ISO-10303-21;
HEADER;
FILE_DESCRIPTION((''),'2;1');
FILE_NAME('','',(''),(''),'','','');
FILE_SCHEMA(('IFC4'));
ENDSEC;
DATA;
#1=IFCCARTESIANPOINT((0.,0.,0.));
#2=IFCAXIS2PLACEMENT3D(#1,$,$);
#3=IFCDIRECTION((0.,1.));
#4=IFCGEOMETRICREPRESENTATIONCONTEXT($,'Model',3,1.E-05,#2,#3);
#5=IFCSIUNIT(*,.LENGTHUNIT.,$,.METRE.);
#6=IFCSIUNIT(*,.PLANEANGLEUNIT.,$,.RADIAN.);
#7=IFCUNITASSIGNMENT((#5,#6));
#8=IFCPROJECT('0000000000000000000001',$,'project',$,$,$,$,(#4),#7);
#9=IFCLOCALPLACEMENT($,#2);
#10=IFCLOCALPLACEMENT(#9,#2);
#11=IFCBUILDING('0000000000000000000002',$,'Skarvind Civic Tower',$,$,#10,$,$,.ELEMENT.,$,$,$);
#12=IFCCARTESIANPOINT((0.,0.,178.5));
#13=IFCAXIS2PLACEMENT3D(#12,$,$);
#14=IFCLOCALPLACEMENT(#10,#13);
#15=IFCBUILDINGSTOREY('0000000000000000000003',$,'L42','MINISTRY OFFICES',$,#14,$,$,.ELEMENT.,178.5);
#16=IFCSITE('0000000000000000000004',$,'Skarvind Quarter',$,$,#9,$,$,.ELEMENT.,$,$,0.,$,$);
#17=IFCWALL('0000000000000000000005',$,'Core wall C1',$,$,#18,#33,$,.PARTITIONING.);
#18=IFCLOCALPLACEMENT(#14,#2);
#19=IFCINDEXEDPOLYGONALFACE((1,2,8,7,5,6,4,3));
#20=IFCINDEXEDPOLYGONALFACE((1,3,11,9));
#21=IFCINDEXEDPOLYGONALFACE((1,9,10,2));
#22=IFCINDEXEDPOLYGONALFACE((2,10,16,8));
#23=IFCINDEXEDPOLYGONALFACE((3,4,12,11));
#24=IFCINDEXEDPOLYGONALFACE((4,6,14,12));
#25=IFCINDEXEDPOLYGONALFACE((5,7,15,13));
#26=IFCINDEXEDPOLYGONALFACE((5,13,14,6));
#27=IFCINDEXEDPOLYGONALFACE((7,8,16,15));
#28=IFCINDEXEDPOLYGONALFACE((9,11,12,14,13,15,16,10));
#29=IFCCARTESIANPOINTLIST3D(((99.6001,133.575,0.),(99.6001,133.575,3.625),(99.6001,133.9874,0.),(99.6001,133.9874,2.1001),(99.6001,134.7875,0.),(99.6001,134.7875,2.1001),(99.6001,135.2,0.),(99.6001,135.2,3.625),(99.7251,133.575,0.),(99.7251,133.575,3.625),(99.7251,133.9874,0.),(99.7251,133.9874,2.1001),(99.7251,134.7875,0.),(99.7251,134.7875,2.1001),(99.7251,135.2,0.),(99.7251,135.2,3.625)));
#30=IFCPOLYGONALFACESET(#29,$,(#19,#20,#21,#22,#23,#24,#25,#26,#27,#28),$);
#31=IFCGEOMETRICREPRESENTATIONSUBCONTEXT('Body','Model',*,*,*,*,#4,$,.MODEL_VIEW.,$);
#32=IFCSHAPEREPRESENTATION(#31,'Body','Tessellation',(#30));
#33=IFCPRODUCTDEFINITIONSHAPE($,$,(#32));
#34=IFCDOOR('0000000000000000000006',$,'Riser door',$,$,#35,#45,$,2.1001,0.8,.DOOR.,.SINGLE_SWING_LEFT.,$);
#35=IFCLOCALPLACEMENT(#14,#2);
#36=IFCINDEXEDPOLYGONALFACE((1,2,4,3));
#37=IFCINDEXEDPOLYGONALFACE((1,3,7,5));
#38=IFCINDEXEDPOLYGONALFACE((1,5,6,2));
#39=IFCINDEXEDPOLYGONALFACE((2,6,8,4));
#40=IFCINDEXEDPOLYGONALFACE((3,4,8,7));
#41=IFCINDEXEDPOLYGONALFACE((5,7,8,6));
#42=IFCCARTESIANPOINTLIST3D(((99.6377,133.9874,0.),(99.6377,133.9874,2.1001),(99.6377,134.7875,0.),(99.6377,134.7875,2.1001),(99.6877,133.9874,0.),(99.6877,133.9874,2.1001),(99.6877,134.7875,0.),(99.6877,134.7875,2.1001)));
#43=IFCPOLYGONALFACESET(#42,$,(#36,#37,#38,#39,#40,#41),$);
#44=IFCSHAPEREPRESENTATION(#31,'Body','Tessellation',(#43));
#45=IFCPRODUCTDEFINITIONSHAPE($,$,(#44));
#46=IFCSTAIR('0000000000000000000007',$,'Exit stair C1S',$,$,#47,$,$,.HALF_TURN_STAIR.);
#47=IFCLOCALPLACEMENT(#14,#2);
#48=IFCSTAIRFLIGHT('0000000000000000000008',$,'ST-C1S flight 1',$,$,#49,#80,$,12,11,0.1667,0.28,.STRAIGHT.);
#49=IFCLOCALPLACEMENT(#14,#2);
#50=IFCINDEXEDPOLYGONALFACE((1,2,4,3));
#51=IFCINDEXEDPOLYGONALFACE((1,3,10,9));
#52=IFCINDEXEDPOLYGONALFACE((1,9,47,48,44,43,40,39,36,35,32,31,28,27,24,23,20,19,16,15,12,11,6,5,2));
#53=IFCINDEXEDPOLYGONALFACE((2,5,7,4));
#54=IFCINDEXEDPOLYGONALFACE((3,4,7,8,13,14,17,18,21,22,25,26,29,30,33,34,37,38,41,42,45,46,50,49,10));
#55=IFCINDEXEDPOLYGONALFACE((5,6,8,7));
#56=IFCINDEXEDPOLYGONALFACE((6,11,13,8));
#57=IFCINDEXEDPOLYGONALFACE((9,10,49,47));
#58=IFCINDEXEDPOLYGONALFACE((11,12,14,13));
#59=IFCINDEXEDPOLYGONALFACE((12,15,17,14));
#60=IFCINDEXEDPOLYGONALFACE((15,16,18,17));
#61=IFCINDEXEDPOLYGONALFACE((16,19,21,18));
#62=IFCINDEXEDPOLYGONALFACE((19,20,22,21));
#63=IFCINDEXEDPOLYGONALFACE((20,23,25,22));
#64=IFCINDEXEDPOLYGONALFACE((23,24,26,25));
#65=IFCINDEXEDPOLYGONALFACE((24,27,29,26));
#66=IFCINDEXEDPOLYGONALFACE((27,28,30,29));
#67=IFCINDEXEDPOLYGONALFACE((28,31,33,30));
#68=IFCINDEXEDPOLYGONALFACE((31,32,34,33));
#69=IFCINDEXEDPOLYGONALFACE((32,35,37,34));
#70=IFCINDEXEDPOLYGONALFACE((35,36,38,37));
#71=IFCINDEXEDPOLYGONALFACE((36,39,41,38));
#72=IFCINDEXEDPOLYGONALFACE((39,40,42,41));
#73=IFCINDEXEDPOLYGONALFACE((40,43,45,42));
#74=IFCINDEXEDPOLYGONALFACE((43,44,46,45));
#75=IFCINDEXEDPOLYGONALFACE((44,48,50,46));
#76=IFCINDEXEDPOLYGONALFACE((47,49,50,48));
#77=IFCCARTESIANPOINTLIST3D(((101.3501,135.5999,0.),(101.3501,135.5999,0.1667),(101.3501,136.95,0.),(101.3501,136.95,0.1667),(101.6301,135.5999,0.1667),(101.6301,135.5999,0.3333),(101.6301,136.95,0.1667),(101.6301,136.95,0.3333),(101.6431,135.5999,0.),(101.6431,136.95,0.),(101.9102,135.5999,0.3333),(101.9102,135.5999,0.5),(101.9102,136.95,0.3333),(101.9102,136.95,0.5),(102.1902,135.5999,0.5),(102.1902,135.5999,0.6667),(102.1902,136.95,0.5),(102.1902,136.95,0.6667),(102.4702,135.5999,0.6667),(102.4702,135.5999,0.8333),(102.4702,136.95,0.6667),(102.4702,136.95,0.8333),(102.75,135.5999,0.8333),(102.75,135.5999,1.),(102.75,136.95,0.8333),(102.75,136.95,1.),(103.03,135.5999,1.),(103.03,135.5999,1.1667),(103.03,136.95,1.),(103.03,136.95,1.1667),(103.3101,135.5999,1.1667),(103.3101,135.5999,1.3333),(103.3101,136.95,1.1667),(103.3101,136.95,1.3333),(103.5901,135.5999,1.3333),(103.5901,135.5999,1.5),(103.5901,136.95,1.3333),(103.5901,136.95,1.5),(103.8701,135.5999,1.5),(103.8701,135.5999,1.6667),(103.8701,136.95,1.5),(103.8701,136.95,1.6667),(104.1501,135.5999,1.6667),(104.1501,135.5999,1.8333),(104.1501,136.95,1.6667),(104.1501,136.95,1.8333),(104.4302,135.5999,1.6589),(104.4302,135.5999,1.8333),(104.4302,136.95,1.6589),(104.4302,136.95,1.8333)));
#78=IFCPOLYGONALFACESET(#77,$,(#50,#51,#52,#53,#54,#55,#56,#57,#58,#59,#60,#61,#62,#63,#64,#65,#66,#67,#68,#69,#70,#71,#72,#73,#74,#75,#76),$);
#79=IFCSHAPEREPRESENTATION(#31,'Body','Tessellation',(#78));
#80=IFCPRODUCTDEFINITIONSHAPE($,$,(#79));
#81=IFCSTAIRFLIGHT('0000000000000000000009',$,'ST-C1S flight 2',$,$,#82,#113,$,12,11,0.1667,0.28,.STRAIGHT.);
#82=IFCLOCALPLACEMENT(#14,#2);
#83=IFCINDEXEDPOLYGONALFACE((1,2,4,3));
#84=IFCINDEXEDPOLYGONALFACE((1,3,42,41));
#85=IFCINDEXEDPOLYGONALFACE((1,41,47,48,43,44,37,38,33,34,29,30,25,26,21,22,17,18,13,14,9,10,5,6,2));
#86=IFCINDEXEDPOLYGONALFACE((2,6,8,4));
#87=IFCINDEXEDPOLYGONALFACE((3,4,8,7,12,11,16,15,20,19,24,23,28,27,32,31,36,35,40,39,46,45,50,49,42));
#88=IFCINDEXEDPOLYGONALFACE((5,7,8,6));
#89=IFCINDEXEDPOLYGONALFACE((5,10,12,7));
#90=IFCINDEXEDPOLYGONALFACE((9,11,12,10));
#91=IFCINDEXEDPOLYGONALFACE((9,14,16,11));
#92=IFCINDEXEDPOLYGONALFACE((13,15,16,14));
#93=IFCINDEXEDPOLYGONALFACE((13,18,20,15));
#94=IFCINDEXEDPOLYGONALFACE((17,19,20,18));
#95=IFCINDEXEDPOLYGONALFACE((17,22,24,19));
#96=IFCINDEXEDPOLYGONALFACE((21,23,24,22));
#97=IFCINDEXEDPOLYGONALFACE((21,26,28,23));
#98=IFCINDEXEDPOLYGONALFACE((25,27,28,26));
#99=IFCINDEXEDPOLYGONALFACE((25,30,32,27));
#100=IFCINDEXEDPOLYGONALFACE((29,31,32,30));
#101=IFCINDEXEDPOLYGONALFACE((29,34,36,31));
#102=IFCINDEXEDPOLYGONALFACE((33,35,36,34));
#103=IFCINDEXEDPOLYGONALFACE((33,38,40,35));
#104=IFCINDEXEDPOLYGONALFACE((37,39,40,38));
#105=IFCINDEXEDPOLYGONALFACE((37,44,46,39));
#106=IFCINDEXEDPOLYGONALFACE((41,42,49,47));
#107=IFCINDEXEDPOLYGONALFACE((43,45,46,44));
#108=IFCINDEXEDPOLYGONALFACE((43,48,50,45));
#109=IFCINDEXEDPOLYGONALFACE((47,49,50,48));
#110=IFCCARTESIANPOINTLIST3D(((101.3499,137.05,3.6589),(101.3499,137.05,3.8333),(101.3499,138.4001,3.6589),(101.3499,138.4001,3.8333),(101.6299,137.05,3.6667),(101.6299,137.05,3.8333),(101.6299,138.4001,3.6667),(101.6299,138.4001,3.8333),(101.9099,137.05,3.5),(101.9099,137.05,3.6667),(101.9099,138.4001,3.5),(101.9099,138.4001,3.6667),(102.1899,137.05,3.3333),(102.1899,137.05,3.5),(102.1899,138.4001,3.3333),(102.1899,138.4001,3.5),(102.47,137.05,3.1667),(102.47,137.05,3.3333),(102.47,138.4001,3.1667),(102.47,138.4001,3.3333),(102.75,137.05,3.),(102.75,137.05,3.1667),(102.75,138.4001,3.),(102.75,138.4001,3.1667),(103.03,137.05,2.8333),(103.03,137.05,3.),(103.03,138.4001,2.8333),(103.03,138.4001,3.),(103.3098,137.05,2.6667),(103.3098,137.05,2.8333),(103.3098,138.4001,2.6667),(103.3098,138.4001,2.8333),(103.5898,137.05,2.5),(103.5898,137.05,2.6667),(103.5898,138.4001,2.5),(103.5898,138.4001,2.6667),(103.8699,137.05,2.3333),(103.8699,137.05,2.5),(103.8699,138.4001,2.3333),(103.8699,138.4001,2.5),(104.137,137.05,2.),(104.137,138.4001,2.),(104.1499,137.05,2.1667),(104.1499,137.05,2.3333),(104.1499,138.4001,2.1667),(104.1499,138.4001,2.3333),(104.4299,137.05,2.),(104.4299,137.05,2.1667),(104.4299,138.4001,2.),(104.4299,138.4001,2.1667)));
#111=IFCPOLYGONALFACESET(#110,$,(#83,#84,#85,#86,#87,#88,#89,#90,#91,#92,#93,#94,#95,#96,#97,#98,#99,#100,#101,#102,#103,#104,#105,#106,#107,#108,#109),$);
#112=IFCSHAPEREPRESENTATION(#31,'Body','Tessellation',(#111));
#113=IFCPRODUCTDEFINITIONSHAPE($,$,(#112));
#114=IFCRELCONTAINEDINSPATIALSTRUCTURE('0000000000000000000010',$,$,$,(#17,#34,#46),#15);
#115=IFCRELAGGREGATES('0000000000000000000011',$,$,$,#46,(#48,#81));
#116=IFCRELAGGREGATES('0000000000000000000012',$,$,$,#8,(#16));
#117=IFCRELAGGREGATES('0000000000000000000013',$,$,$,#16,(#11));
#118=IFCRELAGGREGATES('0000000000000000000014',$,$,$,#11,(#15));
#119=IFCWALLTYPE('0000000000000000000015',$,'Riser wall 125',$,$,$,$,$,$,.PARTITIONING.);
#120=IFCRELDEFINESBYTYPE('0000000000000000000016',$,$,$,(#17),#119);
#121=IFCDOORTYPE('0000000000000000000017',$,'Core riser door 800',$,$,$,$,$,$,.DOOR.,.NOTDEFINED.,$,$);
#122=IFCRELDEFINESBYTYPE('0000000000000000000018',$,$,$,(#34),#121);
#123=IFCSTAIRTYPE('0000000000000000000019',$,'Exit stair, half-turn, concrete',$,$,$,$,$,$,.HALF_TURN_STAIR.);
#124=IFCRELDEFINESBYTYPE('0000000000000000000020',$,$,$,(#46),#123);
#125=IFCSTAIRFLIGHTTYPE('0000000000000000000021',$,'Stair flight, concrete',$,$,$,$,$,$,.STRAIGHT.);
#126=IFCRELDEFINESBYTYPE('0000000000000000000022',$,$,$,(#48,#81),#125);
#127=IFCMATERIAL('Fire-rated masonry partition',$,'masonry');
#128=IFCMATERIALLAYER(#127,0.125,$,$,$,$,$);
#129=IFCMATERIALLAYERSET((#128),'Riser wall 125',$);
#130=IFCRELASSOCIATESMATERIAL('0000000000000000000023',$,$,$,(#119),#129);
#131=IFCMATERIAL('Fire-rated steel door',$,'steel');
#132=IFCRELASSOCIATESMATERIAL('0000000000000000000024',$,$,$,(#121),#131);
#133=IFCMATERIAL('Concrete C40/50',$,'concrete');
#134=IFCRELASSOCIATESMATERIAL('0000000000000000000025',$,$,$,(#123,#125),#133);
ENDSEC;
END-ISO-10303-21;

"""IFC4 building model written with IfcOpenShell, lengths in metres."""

from ifc_helpers import new_model, si_unit, direction, frame, frame_2d, origin, place, context, subcontext, project, spatial, polyline, rectangle, outline, extrude, material, layer, layer_set, type_object, element, fill, aggregate, save


model = new_model("IFC4")

# Units and contexts
model_context = context("Model", 3, precision=1e-05, world=origin(), true_north=direction((0.0, 1.0)))
body_context = subcontext(model_context, "Body", "Model", "MODEL_VIEW")
ifc_project = project(units=[si_unit("LENGTHUNIT", "METRE"), si_unit("PLANEANGLEUNIT", "RADIAN")], contexts=[model_context])

# Site, building, storey
site_placement = place(None, origin())
site = spatial("IfcSite", under=ifc_project, at=site_placement, Name="Skarvind Quarter", CompositionType="ELEMENT", RefElevation=0.0)
building_placement = place(site_placement, origin())
building = spatial("IfcBuilding", under=site, at=building_placement, Name="Skarvind Civic Tower", CompositionType="ELEMENT")
storey_placement = place(building_placement, frame((0.0, 0.0, 178.5)))
storey = spatial("IfcBuildingStorey", under=building, at=storey_placement, Name="L42", Description="MINISTRY OFFICES", CompositionType="ELEMENT", Elevation=178.5)

# Shared definitions
ifc_material_1 = material(Name="Fire-rated steel door", Category="steel")

# Wall, opening, door
ifc_material_2 = material(Name="Fire-rated masonry partition", Category="masonry")
ifc_layer_1 = layer(ifc_material_2, 0.125)
ifc_layer_set_1 = layer_set([ifc_layer_1], Name="Riser wall 125")
wall_type_1 = type_object("IfcWallType", Name="Riser wall 125", PredefinedType="PARTITIONING", material=ifc_layer_set_1)
wall_1_placement = place(storey_placement, frame((99.6626, 133.575, 0.0), z_axis=(0.0, 0.0, 1.0), x_axis=(0.0, 1.0, 0.0)))
wall_1 = element("IfcWall", 1, at=wall_1_placement, inside=storey, type_object=wall_type_1, Name="Core wall C1", PredefinedType="PARTITIONING", context=body_context, shape_type="SweptSolid", body=[
    extrude(rectangle(XDim=1.625, YDim=0.125, at=frame_2d((0.8125, 0.0))), origin(), (0.0, 0.0, 1.0), 3.625),
])
opening_1_placement = place(wall_1_placement, frame((0.4126, 0.0, 0.0)))
opening_1 = element("IfcOpeningElement", 2, at=opening_1_placement, cuts=wall_1, PredefinedType="OPENING", context=body_context, shape_type="SweptSolid", body=[
    extrude(rectangle(XDim=0.8, YDim=2.1001, at=frame_2d((0.3999, 1.05))), frame((0.0, 0.0725, 0.0), z_axis=(0.0, -1.0, 0.0), x_axis=(1.0, 0.0, 0.0)), (0.0, 0.0, 1.0), 0.145),
])
door_type_1 = type_object("IfcDoorType", Name="Core riser door 800", OperationType="NOTDEFINED", PredefinedType="DOOR", material=ifc_material_1)
door_1_placement = place(opening_1_placement, origin())
door_1 = element("IfcDoor", 3, at=door_1_placement, inside=storey, type_object=door_type_1, Name="Riser door", OperationType="SINGLE_SWING_LEFT", OverallHeight=2.1001, OverallWidth=0.8, PredefinedType="DOOR", context=body_context, shape_type="SweptSolid", body=[
    extrude(rectangle(XDim=0.8, YDim=2.1001, at=frame_2d((0.3999, 1.05))), frame((0.0, 0.0249, 0.0), z_axis=(0.0, -1.0, 0.0), x_axis=(1.0, 0.0, 0.0)), (0.0, 0.0, 1.0), 0.05),
])
fill(opening_1, door_1)

# Stair, stair flights
ifc_material_3 = material(Name="Concrete C40/50", Category="concrete")
stair_type = type_object("IfcStairType", Name="Exit stair, half-turn, concrete", PredefinedType="HALF_TURN_STAIR", material=ifc_material_3)
stair_placement = place(storey_placement, origin())
stair = element("IfcStair", 4, at=stair_placement, inside=storey, type_object=stair_type, Name="Exit stair C1S", PredefinedType="HALF_TURN_STAIR")
stair_flight_type = type_object("IfcStairFlightType", Name="Stair flight, concrete", PredefinedType="STRAIGHT", material=ifc_material_3)
stair_flight_1_placement = place(storey_placement, frame((101.3501, 136.2749, 0.0), z_axis=(0.0, 0.0, 1.0), x_axis=(1.0, 0.0, 0.0)))
stair_flight_1 = element("IfcStairFlight", 5, at=stair_flight_1_placement, type_object=stair_flight_type, Name="ST-C1S flight 1", NumberOfRisers=12, NumberOfTreads=11, PredefinedType="STRAIGHT", RiserHeight=0.1667, TreadLength=0.28, context=body_context, shape_type="SweptSolid", body=[
    extrude(outline(polyline([(0.0, 0.0), (0.0, 0.1667), (0.28, 0.1667), (0.28, 0.3333), (0.5601, 0.3333), (0.5601, 0.5), (0.8401, 0.5), (0.8401, 0.6667), (1.1201, 0.6667), (1.1201, 0.8333), (1.3999, 0.8333), (1.3999, 1.0), (1.6799, 1.0), (1.6799, 1.1667), (1.96, 1.1667), (1.96, 1.3333), (2.24, 1.3333), (2.24, 1.5), (2.52, 1.5), (2.52, 1.6667), (2.8, 1.6667), (2.8, 1.8333), (3.0801, 1.8333), (3.0801, 2.0), (3.0801, 1.6589), (0.293, 0.0), (0.0, 0.0)])), frame((0.0, 0.675, 0.0), z_axis=(0.0, -1.0, 0.0), x_axis=(1.0, 0.0, 0.0)), (0.0, 0.0, 1.0), 1.3501),
])
stair_flight_2_placement = place(storey_placement, frame((104.4299, 137.7251, 2.0), z_axis=(0.0, 0.0, 1.0), x_axis=(-1.0, 0.0, 0.0)))
stair_flight_2 = element("IfcStairFlight", 6, at=stair_flight_2_placement, type_object=stair_flight_type, Name="ST-C1S flight 2", NumberOfRisers=12, NumberOfTreads=11, PredefinedType="STRAIGHT", RiserHeight=0.1667, TreadLength=0.28, context=body_context, shape_type="SweptSolid", body=[
    extrude(outline(polyline([(0.0, 0.0), (0.0, 0.1667), (0.28, 0.1667), (0.28, 0.3333), (0.5601, 0.3333), (0.5601, 0.5), (0.8401, 0.5), (0.8401, 0.6667), (1.1201, 0.6667), (1.1201, 0.8333), (1.3999, 0.8333), (1.3999, 1.0), (1.6799, 1.0), (1.6799, 1.1667), (1.96, 1.1667), (1.96, 1.3333), (2.24, 1.3333), (2.24, 1.5), (2.52, 1.5), (2.52, 1.6667), (2.8, 1.6667), (2.8, 1.8333), (3.0801, 1.8333), (3.0801, 2.0), (3.0801, 1.6589), (0.293, 0.0), (0.0, 0.0)])), frame((0.0, 0.675, 0.0), z_axis=(0.0, -1.0, 0.0), x_axis=(1.0, 0.0, 0.0)), (0.0, 0.0, 1.0), 1.3501),
])
aggregate(stair, [stair_flight_1, stair_flight_2])

save(model, "model.ifc")
